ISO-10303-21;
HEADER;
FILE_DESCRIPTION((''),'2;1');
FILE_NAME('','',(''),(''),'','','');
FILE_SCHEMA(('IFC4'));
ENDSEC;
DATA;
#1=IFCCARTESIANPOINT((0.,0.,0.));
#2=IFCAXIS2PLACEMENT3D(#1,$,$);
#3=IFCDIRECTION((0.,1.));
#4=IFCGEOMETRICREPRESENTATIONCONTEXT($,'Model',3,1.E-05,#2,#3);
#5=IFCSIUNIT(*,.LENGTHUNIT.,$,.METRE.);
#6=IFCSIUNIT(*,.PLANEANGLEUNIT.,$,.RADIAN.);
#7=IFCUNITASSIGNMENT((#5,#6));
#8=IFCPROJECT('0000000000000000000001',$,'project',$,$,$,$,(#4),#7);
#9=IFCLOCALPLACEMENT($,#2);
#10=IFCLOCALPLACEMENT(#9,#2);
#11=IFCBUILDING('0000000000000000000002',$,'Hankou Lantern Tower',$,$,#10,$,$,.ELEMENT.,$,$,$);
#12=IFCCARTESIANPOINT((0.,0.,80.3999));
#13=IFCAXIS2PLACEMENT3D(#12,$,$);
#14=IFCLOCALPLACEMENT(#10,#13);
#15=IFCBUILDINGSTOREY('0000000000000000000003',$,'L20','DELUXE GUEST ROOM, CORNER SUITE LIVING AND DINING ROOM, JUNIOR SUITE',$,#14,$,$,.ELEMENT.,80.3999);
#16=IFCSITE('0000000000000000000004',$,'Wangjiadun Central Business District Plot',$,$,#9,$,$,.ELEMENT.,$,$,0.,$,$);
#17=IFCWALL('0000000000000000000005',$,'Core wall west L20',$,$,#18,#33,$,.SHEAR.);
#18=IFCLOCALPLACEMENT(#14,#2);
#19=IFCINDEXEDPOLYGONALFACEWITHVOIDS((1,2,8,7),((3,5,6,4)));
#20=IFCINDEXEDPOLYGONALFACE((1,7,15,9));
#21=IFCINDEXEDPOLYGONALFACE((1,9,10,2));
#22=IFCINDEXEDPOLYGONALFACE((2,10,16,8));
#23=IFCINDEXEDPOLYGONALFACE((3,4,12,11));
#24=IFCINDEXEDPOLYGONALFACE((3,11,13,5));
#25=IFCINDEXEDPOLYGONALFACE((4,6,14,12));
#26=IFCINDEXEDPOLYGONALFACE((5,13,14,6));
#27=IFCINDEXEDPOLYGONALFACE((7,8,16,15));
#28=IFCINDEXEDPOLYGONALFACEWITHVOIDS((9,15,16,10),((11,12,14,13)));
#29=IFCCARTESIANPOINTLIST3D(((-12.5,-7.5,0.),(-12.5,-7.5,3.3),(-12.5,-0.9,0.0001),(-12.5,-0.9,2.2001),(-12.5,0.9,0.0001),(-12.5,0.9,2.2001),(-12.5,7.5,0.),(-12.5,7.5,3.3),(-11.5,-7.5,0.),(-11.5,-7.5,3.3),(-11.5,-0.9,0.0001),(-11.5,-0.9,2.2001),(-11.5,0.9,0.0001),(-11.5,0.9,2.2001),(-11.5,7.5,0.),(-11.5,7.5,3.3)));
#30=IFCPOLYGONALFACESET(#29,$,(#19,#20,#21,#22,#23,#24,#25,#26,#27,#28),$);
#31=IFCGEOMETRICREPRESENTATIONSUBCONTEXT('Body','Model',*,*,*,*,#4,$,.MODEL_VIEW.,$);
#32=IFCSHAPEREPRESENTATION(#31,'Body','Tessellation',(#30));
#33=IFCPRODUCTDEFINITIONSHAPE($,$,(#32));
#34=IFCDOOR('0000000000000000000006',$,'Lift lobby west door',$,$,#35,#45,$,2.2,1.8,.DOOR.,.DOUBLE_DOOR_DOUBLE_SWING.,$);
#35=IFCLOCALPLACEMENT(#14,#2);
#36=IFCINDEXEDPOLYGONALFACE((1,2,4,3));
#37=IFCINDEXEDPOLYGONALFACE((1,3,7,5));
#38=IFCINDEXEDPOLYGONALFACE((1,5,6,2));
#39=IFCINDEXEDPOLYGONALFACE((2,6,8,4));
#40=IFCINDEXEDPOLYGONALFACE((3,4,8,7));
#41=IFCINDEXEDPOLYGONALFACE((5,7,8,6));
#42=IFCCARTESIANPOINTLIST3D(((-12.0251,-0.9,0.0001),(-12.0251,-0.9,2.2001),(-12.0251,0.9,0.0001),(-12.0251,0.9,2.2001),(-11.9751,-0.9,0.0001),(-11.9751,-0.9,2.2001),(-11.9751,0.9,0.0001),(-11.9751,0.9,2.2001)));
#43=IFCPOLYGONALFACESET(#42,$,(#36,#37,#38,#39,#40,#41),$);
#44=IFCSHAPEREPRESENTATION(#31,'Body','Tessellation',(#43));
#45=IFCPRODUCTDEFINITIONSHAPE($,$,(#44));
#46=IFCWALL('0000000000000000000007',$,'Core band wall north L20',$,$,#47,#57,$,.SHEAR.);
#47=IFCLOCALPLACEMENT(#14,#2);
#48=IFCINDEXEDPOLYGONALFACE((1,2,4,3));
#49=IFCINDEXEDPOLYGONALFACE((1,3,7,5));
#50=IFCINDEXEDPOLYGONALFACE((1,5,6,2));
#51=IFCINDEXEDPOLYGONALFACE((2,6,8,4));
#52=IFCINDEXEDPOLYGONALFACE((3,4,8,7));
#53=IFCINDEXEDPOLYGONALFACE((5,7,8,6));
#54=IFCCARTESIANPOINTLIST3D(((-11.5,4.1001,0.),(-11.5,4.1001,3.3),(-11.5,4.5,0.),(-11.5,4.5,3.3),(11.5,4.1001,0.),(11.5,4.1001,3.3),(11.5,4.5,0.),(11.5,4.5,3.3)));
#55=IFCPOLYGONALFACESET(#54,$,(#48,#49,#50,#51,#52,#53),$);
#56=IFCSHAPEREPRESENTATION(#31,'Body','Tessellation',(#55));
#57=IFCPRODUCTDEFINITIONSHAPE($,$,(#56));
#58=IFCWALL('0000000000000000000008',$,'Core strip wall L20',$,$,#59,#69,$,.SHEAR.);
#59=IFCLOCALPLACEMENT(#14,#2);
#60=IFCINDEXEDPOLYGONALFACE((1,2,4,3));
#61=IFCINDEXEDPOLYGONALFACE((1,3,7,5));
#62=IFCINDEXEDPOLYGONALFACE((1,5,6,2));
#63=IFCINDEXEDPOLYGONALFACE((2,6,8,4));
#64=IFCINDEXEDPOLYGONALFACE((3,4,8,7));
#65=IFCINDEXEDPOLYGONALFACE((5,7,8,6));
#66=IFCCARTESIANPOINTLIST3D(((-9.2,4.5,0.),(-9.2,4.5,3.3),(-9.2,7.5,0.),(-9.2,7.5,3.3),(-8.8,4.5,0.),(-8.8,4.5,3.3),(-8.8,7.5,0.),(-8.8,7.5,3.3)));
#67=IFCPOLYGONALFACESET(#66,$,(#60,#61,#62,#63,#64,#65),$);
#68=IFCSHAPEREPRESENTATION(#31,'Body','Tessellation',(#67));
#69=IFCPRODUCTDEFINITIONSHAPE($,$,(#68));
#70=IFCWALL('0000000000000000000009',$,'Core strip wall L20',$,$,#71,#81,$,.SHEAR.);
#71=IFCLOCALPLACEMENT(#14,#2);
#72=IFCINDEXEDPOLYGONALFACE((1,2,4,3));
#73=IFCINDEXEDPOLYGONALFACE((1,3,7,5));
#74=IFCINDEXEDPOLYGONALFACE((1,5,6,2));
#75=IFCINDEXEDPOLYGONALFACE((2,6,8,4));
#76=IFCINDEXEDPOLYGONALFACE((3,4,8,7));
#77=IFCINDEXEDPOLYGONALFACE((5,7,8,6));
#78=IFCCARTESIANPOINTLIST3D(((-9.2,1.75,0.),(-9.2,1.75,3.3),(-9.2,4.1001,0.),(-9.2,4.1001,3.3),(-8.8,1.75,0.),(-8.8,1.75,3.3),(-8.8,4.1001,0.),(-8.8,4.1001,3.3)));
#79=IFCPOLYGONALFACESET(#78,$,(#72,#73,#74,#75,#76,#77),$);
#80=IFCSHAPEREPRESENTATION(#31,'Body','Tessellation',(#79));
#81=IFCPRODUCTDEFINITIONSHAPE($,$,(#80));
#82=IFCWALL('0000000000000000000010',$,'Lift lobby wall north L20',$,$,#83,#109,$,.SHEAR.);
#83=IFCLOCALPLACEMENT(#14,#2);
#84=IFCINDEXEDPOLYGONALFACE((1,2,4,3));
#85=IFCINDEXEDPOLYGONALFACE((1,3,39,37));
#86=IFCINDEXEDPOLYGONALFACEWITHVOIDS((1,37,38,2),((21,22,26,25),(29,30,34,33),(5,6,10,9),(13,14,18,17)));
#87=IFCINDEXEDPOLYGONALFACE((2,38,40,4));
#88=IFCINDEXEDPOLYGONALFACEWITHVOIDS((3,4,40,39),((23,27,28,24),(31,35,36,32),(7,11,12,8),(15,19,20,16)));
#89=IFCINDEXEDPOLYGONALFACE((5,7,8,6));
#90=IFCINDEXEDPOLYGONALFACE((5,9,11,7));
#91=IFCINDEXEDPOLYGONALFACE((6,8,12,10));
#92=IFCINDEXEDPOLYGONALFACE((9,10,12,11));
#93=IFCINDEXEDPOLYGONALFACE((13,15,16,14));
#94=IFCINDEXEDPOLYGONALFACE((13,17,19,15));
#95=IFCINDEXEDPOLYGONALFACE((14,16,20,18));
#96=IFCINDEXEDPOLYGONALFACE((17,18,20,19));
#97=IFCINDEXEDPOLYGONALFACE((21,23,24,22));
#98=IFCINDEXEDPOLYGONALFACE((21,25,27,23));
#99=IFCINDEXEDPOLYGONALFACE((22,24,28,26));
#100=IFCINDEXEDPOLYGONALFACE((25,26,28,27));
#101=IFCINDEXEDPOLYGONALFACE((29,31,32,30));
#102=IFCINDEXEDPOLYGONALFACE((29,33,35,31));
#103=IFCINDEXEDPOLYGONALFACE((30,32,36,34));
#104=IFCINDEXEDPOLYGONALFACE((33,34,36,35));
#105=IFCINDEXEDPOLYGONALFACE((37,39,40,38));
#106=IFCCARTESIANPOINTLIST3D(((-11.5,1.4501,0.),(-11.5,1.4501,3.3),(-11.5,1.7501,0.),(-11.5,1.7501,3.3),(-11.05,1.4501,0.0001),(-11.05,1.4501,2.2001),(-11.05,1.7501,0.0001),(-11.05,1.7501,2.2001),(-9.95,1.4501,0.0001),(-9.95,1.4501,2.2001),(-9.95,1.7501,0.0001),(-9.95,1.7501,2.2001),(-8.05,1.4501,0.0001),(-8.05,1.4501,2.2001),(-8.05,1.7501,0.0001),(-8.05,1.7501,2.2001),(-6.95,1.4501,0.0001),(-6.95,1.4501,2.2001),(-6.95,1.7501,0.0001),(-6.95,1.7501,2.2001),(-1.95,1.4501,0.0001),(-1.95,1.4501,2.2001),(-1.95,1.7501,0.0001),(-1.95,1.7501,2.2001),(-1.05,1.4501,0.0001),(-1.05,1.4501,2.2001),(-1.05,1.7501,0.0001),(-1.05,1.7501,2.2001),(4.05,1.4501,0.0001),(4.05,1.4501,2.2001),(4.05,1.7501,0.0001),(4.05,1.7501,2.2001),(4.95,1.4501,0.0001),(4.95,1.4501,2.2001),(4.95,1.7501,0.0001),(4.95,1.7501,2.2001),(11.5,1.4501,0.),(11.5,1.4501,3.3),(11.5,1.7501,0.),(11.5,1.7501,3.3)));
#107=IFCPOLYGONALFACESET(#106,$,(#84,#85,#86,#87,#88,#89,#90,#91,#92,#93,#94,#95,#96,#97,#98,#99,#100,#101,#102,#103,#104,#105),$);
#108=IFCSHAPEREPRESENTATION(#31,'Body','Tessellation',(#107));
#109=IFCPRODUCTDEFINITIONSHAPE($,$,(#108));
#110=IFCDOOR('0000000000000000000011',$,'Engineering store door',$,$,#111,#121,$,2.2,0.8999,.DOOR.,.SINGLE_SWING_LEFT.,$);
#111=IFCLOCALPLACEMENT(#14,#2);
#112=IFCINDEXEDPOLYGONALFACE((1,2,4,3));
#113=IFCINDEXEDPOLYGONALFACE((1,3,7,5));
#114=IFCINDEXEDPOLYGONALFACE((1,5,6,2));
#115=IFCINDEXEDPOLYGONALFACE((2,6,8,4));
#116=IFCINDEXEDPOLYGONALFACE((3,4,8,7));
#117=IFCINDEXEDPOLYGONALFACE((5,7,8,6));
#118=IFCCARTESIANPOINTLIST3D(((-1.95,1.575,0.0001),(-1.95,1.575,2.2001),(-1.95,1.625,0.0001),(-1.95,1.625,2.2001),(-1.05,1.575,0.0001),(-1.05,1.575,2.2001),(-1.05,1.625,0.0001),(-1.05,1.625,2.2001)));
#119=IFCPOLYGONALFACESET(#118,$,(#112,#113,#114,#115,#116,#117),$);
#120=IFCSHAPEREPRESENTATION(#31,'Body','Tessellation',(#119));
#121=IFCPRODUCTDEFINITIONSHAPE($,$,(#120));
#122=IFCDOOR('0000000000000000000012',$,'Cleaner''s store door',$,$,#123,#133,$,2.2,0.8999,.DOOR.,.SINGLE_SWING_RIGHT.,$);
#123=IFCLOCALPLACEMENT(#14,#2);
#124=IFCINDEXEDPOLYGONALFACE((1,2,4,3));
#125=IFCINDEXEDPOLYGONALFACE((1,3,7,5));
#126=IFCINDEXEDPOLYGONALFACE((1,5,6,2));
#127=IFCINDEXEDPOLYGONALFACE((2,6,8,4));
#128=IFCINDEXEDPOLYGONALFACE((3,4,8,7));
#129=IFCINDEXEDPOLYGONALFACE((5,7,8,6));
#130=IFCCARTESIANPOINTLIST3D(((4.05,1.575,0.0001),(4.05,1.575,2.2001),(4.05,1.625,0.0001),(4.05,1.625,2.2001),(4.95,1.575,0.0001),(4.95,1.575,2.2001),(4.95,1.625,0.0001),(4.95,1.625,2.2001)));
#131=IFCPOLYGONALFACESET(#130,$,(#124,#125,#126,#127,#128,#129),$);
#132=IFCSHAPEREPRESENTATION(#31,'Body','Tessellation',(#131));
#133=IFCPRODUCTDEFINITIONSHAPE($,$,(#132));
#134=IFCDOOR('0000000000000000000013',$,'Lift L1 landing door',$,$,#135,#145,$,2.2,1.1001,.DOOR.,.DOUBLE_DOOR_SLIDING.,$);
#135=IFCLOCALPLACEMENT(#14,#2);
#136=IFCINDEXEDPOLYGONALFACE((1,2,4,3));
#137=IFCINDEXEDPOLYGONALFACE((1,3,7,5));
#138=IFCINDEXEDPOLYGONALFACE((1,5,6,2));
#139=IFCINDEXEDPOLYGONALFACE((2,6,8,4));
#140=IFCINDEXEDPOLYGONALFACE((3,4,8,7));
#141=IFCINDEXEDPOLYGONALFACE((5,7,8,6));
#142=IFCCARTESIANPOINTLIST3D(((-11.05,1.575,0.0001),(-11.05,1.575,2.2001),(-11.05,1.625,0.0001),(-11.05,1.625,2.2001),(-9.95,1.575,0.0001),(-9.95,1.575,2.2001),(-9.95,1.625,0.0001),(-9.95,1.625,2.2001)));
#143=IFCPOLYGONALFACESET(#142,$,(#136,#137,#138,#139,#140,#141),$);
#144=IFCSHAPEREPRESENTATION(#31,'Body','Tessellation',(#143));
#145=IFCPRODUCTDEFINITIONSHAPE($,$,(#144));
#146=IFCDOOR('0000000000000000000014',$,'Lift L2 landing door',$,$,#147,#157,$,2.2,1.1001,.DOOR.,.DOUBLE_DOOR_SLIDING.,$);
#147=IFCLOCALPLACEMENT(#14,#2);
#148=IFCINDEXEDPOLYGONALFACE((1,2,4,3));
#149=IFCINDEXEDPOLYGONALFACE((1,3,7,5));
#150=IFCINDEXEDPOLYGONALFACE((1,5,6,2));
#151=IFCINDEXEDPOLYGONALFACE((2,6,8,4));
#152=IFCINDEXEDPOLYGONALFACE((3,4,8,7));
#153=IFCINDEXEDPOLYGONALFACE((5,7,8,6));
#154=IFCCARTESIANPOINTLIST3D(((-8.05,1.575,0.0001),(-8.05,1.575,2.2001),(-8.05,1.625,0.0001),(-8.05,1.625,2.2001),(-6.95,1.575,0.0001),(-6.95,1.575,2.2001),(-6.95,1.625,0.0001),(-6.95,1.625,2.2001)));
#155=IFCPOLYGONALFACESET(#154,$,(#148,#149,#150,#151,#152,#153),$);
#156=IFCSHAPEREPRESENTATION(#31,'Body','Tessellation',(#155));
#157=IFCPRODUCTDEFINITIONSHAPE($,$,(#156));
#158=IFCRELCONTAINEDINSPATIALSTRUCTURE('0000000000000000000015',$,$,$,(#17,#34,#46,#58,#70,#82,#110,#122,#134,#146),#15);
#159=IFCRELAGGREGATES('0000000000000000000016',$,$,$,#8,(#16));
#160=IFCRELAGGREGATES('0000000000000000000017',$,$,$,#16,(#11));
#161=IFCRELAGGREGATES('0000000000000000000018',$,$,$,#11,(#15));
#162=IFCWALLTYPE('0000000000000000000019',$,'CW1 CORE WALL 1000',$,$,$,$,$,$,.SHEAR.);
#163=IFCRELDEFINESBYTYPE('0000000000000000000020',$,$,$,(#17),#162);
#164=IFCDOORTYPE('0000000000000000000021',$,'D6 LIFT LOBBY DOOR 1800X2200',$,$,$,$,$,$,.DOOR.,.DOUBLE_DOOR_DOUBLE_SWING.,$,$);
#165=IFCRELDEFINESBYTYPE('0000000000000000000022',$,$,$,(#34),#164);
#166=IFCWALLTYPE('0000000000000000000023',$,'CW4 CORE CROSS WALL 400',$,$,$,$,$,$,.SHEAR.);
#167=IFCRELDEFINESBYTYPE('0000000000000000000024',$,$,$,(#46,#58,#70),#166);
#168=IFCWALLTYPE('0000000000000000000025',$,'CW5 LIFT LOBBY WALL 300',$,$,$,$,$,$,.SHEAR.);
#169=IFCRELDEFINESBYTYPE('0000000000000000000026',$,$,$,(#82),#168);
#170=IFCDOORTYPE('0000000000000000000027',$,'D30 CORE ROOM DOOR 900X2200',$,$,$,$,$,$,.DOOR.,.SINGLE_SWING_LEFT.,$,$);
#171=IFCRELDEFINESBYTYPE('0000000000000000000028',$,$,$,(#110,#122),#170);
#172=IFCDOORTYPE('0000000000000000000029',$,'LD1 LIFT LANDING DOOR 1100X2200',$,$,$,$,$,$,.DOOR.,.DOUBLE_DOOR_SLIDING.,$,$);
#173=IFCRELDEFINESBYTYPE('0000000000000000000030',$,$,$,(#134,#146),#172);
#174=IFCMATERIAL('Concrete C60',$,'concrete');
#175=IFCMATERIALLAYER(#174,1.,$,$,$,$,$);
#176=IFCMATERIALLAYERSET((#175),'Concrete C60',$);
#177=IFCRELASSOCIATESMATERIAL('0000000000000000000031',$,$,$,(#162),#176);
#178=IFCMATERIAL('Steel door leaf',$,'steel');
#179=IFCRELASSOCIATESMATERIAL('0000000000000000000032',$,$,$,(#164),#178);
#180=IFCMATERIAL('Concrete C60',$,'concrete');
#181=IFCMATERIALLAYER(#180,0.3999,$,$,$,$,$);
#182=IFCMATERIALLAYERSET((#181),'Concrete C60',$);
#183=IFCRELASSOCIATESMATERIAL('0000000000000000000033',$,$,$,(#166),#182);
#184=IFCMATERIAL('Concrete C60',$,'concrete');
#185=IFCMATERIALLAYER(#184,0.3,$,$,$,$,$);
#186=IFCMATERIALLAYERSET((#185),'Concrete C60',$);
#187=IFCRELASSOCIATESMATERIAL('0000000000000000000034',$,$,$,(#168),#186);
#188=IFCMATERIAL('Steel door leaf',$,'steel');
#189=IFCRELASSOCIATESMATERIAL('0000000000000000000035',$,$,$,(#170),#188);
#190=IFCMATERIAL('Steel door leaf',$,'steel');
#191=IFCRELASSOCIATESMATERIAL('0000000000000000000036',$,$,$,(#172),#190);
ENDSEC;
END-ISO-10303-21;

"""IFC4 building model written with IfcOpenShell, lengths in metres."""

from ifc_helpers import new_model, si_unit, direction, frame, frame_2d, origin, place, context, subcontext, project, spatial, rectangle, extrude, material, layer, layer_set, type_object, element, fill, save


model = new_model("IFC4")

# Units and contexts
model_context = context("Model", 3, precision=1e-05, world=origin(), true_north=direction((0.0, 1.0)))
body_context = subcontext(model_context, "Body", "Model", "MODEL_VIEW")
ifc_project = project(units=[si_unit("LENGTHUNIT", "METRE"), si_unit("PLANEANGLEUNIT", "RADIAN")], contexts=[model_context])

# Site, building, storey
site_placement = place(None, origin())
site = spatial("IfcSite", under=ifc_project, at=site_placement, Name="Wangjiadun Central Business District Plot", CompositionType="ELEMENT", RefElevation=0.0)
building_placement = place(site_placement, origin())
building = spatial("IfcBuilding", under=site, at=building_placement, Name="Hankou Lantern Tower", CompositionType="ELEMENT")
storey_placement = place(building_placement, frame((0.0, 0.0, 80.3999)))
storey = spatial("IfcBuildingStorey", under=building, at=storey_placement, Name="L20", Description="DELUXE GUEST ROOM, CORNER SUITE LIVING AND DINING ROOM, JUNIOR SUITE", CompositionType="ELEMENT", Elevation=80.3999)

# Shared definitions
ifc_material_1 = material(Name="Concrete C60", Category="concrete")
ifc_layer_1 = layer(ifc_material_1, 1.0)
ifc_layer_set_1 = layer_set([ifc_layer_1], Name="Concrete C60")
wall_type_1 = type_object("IfcWallType", Name="CW1 CORE WALL 1000", PredefinedType="SHEAR", material=ifc_layer_set_1)

# Wall, opening, door
wall_1_placement = place(storey_placement, frame((-12.0, 7.5, 0.0), z_axis=(0.0, 0.0, 1.0), x_axis=(0.0, -1.0, 0.0)))
wall_1 = element("IfcWall", 1, at=wall_1_placement, inside=storey, type_object=wall_type_1, Name="Core wall west L20", PredefinedType="SHEAR", context=body_context, shape_type="SweptSolid", body=[
    extrude(rectangle(XDim=15.0, YDim=1.0, at=frame_2d((7.5, 0.0))), origin(), (0.0, 0.0, 1.0), 3.3),
])
opening_1_placement = place(wall_1_placement, frame((6.6001, 0.0, 0.0)))
opening_1 = element("IfcOpeningElement", 2, at=opening_1_placement, cuts=wall_1, PredefinedType="OPENING", context=body_context, shape_type="SweptSolid", body=[
    extrude(rectangle(XDim=1.8, YDim=2.2, at=frame_2d((0.8999, 1.1001))), frame((0.0, 0.51, 0.0), z_axis=(0.0, -1.0, 0.0), x_axis=(1.0, 0.0, 0.0)), (0.0, 0.0, 1.0), 1.02),
])
ifc_material_2 = material(Name="Steel door leaf", Category="steel")
door_type_1 = type_object("IfcDoorType", Name="D6 LIFT LOBBY DOOR 1800X2200", OperationType="DOUBLE_DOOR_DOUBLE_SWING", PredefinedType="DOOR", material=ifc_material_2)
door_1_placement = place(opening_1_placement, origin())
door_1 = element("IfcDoor", 3, at=door_1_placement, inside=storey, type_object=door_type_1, Name="Lift lobby west door", OperationType="DOUBLE_DOOR_DOUBLE_SWING", OverallHeight=2.2, OverallWidth=1.8, PredefinedType="DOOR", context=body_context, shape_type="SweptSolid", body=[
    extrude(rectangle(XDim=1.8, YDim=2.2, at=frame_2d((0.8999, 1.1001))), frame((0.0, 0.0249, 0.0), z_axis=(0.0, -1.0, 0.0), x_axis=(1.0, 0.0, 0.0)), (0.0, 0.0, 1.0), 0.05),
])
fill(opening_1, door_1)

# Walls
ifc_material_3 = material(Name="Concrete C60", Category="concrete")
ifc_layer_2 = layer(ifc_material_3, 0.3999)
ifc_layer_set_2 = layer_set([ifc_layer_2], Name="Concrete C60")
wall_type_2 = type_object("IfcWallType", Name="CW4 CORE CROSS WALL 400", PredefinedType="SHEAR", material=ifc_layer_set_2)
wall_2_placement = place(storey_placement, frame((-11.5, 4.3, 0.0), z_axis=(0.0, 0.0, 1.0), x_axis=(1.0, 0.0, 0.0)))
element("IfcWall", 4, at=wall_2_placement, inside=storey, type_object=wall_type_2, Name="Core band wall north L20", PredefinedType="SHEAR", context=body_context, shape_type="SweptSolid", body=[
    extrude(rectangle(XDim=23.0, YDim=0.3999, at=frame_2d((11.5, 0.0))), origin(), (0.0, 0.0, 1.0), 3.3),
])
wall_3_placement = place(storey_placement, frame((-9.0, 4.5, 0.0), z_axis=(0.0, 0.0, 1.0), x_axis=(0.0, 1.0, 0.0)))
element("IfcWall", 5, at=wall_3_placement, inside=storey, type_object=wall_type_2, Name="Core strip wall L20", PredefinedType="SHEAR", context=body_context, shape_type="SweptSolid", body=[
    extrude(rectangle(XDim=3.0, YDim=0.3999, at=frame_2d((1.5, 0.0))), origin(), (0.0, 0.0, 1.0), 3.3),
])
wall_4_placement = place(storey_placement, frame((-9.0, 1.75, 0.0), z_axis=(0.0, 0.0, 1.0), x_axis=(0.0, 1.0, 0.0)))
element("IfcWall", 6, at=wall_4_placement, inside=storey, type_object=wall_type_2, Name="Core strip wall L20", PredefinedType="SHEAR", context=body_context, shape_type="SweptSolid", body=[
    extrude(rectangle(XDim=2.3501, YDim=0.3999, at=frame_2d((1.175, 0.0))), origin(), (0.0, 0.0, 1.0), 3.3),
])

# Wall, openings, doors
ifc_material_4 = material(Name="Concrete C60", Category="concrete")
ifc_layer_3 = layer(ifc_material_4, 0.3)
ifc_layer_set_3 = layer_set([ifc_layer_3], Name="Concrete C60")
wall_type_3 = type_object("IfcWallType", Name="CW5 LIFT LOBBY WALL 300", PredefinedType="SHEAR", material=ifc_layer_set_3)
wall_5_placement = place(storey_placement, frame((-11.5, 1.6001, 0.0), z_axis=(0.0, 0.0, 1.0), x_axis=(1.0, 0.0, 0.0)))
wall_5 = element("IfcWall", 7, at=wall_5_placement, inside=storey, type_object=wall_type_3, Name="Lift lobby wall north L20", PredefinedType="SHEAR", context=body_context, shape_type="SweptSolid", body=[
    extrude(rectangle(XDim=23.0, YDim=0.3, at=frame_2d((11.5, 0.0))), origin(), (0.0, 0.0, 1.0), 3.3),
])
opening_2_placement = place(wall_5_placement, frame((0.45, 0.0, 0.0)))
opening_2 = element("IfcOpeningElement", 8, at=opening_2_placement, cuts=wall_5, PredefinedType="OPENING", context=body_context, shape_type="SweptSolid", body=[
    extrude(rectangle(XDim=1.1001, YDim=2.2, at=frame_2d((0.55, 1.1001))), frame((0.0, 0.1599, 0.0), z_axis=(0.0, -1.0, 0.0), x_axis=(1.0, 0.0, 0.0)), (0.0, 0.0, 1.0), 0.3201),
])
opening_3_placement = place(wall_5_placement, frame((3.45, 0.0, 0.0)))
opening_3 = element("IfcOpeningElement", 9, at=opening_3_placement, cuts=wall_5, PredefinedType="OPENING", context=body_context, shape_type="SweptSolid", body=[
    extrude(rectangle(XDim=1.1001, YDim=2.2, at=frame_2d((0.55, 1.1001))), frame((0.0, 0.1599, 0.0), z_axis=(0.0, -1.0, 0.0), x_axis=(1.0, 0.0, 0.0)), (0.0, 0.0, 1.0), 0.3201),
])
opening_4_placement = place(wall_5_placement, frame((9.55, 0.0, 0.0)))
opening_4 = element("IfcOpeningElement", 10, at=opening_4_placement, cuts=wall_5, PredefinedType="OPENING", context=body_context, shape_type="SweptSolid", body=[
    extrude(rectangle(XDim=0.8999, YDim=2.2, at=frame_2d((0.45, 1.1001))), frame((0.0, 0.1599, 0.0), z_axis=(0.0, -1.0, 0.0), x_axis=(1.0, 0.0, 0.0)), (0.0, 0.0, 1.0), 0.3201),
])
opening_5_placement = place(wall_5_placement, frame((15.55, 0.0, 0.0)))
opening_5 = element("IfcOpeningElement", 11, at=opening_5_placement, cuts=wall_5, PredefinedType="OPENING", context=body_context, shape_type="SweptSolid", body=[
    extrude(rectangle(XDim=0.8999, YDim=2.2, at=frame_2d((0.45, 1.1001))), frame((0.0, 0.1599, 0.0), z_axis=(0.0, -1.0, 0.0), x_axis=(1.0, 0.0, 0.0)), (0.0, 0.0, 1.0), 0.3201),
])
ifc_material_5 = material(Name="Steel door leaf", Category="steel")
door_type_2 = type_object("IfcDoorType", Name="D30 CORE ROOM DOOR 900X2200", OperationType="SINGLE_SWING_LEFT", PredefinedType="DOOR", material=ifc_material_5)
door_2_placement = place(opening_4_placement, origin())
door_2 = element("IfcDoor", 12, at=door_2_placement, inside=storey, type_object=door_type_2, Name="Engineering store door", OperationType="SINGLE_SWING_LEFT", OverallHeight=2.2, OverallWidth=0.8999, PredefinedType="DOOR", context=body_context, shape_type="SweptSolid", body=[
    extrude(rectangle(XDim=0.8999, YDim=2.2, at=frame_2d((0.45, 1.1001))), frame((0.0, 0.0249, 0.0), z_axis=(0.0, -1.0, 0.0), x_axis=(1.0, 0.0, 0.0)), (0.0, 0.0, 1.0), 0.05),
])
fill(opening_4, door_2)
door_3_placement = place(opening_5_placement, origin())
door_3 = element("IfcDoor", 13, at=door_3_placement, inside=storey, type_object=door_type_2, Name="Cleaner's store door", OperationType="SINGLE_SWING_RIGHT", OverallHeight=2.2, OverallWidth=0.8999, PredefinedType="DOOR", context=body_context, shape_type="SweptSolid", body=[
    extrude(rectangle(XDim=0.8999, YDim=2.2, at=frame_2d((0.45, 1.1001))), frame((0.0, 0.0249, 0.0), z_axis=(0.0, -1.0, 0.0), x_axis=(1.0, 0.0, 0.0)), (0.0, 0.0, 1.0), 0.05),
])
fill(opening_5, door_3)
ifc_material_6 = material(Name="Steel door leaf", Category="steel")
door_type_3 = type_object("IfcDoorType", Name="LD1 LIFT LANDING DOOR 1100X2200", OperationType="DOUBLE_DOOR_SLIDING", PredefinedType="DOOR", material=ifc_material_6)
door_4_placement = place(opening_2_placement, origin())
door_4 = element("IfcDoor", 14, at=door_4_placement, inside=storey, type_object=door_type_3, Name="Lift L1 landing door", OperationType="DOUBLE_DOOR_SLIDING", OverallHeight=2.2, OverallWidth=1.1001, PredefinedType="DOOR", context=body_context, shape_type="SweptSolid", body=[
    extrude(rectangle(XDim=1.1001, YDim=2.2, at=frame_2d((0.55, 1.1001))), frame((0.0, 0.0249, 0.0), z_axis=(0.0, -1.0, 0.0), x_axis=(1.0, 0.0, 0.0)), (0.0, 0.0, 1.0), 0.05),
])
fill(opening_2, door_4)
door_5_placement = place(opening_3_placement, origin())
door_5 = element("IfcDoor", 15, at=door_5_placement, inside=storey, type_object=door_type_3, Name="Lift L2 landing door", OperationType="DOUBLE_DOOR_SLIDING", OverallHeight=2.2, OverallWidth=1.1001, PredefinedType="DOOR", context=body_context, shape_type="SweptSolid", body=[
    extrude(rectangle(XDim=1.1001, YDim=2.2, at=frame_2d((0.55, 1.1001))), frame((0.0, 0.0249, 0.0), z_axis=(0.0, -1.0, 0.0), x_axis=(1.0, 0.0, 0.0)), (0.0, 0.0, 1.0), 0.05),
])
fill(opening_3, door_5)

save(model, "model.ifc")
